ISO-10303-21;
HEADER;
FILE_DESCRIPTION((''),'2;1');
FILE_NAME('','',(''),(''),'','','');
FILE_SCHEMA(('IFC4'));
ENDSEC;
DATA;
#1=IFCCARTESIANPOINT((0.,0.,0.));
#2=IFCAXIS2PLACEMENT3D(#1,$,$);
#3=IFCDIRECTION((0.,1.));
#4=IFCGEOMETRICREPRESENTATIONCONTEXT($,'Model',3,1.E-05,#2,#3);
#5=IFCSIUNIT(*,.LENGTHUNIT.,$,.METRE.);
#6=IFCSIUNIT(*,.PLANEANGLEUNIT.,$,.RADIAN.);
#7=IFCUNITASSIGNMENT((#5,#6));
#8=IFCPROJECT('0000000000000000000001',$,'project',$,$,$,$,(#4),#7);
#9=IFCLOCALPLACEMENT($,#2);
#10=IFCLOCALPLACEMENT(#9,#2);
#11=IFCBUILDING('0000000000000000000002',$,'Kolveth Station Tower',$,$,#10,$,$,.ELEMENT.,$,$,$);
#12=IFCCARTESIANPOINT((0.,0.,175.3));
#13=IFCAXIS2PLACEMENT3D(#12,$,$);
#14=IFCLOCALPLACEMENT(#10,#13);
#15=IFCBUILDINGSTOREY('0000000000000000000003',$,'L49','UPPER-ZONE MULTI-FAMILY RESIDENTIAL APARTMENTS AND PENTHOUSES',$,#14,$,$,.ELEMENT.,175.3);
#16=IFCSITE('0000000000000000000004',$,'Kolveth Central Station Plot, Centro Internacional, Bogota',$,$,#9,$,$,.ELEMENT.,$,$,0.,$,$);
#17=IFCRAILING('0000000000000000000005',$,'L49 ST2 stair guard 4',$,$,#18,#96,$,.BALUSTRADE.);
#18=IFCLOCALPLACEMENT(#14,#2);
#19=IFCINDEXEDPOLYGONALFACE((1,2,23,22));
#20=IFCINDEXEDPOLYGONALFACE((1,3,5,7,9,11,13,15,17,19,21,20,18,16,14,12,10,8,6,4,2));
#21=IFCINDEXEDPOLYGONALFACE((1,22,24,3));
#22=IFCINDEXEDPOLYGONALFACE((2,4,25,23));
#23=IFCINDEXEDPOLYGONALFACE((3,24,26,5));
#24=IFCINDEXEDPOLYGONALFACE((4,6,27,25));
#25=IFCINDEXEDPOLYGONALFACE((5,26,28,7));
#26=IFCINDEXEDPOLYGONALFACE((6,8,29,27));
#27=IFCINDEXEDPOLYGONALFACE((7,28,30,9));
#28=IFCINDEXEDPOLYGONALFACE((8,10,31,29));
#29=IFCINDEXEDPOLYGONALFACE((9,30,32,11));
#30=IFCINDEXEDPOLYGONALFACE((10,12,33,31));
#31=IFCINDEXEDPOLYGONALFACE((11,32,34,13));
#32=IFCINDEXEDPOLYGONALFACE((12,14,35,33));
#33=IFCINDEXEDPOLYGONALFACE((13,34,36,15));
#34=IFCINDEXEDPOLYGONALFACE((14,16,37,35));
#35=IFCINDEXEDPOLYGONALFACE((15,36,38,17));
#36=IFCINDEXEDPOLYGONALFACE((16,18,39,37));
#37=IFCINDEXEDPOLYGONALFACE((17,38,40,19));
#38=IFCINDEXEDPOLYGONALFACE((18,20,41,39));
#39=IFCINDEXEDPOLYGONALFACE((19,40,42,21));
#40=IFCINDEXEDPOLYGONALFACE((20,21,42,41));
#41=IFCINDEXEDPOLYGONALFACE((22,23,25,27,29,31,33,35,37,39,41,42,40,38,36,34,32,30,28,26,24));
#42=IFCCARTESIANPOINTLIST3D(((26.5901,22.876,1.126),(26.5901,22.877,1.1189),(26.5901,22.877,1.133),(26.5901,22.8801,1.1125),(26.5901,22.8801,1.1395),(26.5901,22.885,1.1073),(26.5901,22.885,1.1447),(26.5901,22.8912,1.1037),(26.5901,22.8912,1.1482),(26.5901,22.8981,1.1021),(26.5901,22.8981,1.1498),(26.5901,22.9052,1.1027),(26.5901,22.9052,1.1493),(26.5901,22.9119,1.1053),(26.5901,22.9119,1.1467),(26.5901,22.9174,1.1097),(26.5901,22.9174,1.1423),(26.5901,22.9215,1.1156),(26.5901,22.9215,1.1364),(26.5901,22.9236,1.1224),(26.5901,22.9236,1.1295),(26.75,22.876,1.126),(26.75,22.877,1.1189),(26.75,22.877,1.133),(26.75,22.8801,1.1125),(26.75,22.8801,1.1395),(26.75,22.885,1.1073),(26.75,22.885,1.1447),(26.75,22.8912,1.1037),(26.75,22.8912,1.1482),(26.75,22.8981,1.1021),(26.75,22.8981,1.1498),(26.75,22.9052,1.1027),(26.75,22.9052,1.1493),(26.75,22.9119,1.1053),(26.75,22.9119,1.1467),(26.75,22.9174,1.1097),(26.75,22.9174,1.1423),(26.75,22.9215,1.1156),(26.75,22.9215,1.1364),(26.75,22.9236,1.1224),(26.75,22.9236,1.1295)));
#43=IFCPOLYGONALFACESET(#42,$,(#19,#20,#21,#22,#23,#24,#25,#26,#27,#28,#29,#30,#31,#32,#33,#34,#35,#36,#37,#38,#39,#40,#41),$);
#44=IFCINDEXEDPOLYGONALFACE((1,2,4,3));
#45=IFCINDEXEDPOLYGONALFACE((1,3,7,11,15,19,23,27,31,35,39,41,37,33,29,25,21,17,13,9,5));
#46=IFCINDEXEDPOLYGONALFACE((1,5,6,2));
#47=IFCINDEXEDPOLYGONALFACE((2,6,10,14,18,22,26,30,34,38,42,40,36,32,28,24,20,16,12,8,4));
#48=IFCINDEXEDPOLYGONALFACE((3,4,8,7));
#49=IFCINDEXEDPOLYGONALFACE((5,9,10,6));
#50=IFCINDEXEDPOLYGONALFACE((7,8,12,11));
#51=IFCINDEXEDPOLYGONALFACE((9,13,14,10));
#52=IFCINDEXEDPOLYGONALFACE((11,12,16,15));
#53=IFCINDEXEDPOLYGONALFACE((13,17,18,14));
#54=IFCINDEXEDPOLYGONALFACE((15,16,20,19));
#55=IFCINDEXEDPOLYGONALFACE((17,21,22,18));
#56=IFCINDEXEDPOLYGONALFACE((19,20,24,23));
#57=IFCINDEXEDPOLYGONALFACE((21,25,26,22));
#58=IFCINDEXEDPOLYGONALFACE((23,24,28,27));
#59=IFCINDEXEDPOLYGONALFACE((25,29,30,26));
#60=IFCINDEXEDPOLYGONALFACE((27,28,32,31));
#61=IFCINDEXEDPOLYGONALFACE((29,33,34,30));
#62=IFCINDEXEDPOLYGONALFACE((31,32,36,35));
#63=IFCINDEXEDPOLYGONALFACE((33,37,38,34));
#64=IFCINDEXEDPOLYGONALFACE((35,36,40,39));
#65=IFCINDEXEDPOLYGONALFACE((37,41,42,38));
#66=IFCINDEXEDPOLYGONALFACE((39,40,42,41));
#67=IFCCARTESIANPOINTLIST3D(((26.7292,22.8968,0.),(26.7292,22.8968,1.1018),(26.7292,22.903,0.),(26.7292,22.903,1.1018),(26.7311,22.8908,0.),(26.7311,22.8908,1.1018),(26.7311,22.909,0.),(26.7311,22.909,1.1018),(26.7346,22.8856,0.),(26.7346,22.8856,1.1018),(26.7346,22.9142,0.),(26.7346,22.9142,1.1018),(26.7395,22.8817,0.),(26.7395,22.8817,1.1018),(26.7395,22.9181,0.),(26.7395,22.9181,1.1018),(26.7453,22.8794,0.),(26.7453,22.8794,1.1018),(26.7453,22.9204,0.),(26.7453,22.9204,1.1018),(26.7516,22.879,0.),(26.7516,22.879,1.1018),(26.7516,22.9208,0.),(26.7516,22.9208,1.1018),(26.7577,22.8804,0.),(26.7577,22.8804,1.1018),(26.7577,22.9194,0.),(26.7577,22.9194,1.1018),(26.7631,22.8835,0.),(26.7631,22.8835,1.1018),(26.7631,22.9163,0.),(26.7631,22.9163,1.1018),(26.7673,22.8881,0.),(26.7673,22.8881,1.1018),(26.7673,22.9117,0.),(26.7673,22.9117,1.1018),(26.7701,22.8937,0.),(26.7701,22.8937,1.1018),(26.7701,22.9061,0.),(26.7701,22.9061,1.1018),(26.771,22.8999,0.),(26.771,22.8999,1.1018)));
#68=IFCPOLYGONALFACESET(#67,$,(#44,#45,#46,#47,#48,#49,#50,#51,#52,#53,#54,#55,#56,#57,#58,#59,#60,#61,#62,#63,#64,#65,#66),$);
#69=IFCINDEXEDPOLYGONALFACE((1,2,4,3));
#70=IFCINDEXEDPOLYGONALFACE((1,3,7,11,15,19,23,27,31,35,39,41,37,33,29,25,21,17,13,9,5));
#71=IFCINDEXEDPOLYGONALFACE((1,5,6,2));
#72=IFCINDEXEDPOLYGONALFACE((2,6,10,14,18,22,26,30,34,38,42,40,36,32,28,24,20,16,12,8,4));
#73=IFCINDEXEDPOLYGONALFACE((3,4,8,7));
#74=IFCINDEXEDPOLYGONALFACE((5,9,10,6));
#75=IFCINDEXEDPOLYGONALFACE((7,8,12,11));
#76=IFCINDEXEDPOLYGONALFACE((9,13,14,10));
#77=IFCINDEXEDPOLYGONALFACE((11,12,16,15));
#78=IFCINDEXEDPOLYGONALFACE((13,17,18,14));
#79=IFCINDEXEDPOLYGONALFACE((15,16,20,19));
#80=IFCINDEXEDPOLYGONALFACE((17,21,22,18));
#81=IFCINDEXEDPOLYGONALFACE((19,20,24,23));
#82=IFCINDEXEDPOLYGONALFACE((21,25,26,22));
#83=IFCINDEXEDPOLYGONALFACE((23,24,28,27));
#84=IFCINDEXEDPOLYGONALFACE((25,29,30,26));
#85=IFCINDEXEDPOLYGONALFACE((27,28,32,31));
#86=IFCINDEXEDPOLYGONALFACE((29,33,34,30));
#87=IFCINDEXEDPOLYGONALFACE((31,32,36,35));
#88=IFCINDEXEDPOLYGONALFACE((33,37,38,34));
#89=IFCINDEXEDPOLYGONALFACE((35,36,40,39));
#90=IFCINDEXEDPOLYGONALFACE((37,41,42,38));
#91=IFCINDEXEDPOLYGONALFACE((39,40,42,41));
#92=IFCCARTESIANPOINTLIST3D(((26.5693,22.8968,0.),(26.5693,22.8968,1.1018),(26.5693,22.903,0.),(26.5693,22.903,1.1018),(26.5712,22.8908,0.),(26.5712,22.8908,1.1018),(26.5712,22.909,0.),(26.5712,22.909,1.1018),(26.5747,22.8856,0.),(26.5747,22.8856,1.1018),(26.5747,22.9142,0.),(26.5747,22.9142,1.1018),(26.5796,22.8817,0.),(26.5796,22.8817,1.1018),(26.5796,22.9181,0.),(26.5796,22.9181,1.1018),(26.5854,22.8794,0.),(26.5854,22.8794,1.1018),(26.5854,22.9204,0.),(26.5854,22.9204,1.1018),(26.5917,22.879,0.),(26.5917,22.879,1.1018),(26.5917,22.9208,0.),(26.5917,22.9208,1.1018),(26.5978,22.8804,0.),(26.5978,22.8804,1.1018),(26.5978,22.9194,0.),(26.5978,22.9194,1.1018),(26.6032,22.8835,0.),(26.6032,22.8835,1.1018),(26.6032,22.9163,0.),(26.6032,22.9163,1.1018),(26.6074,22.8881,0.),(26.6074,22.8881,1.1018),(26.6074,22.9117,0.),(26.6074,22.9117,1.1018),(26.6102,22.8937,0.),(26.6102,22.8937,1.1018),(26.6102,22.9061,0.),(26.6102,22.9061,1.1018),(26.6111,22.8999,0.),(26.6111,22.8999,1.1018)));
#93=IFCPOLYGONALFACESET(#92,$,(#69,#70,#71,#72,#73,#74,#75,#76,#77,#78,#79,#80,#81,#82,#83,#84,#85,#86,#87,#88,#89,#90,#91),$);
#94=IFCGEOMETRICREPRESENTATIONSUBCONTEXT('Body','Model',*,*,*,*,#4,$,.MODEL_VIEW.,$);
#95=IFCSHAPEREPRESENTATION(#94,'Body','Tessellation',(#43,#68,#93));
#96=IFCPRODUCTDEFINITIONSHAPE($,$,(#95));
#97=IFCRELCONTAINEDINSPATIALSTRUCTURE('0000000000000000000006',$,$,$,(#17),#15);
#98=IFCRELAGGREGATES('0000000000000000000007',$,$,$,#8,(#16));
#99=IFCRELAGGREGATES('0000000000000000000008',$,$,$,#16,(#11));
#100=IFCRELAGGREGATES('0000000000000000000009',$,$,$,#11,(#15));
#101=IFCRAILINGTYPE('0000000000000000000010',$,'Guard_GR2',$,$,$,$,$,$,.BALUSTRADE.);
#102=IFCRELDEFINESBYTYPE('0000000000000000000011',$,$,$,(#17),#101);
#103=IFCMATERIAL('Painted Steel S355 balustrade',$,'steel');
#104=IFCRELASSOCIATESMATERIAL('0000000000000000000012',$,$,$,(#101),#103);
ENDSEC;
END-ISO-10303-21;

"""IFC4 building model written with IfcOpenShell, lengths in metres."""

from ifc_helpers import new_model, si_unit, direction, frame, origin, origin_2d, place, context, subcontext, project, spatial, circle, extrude, material, type_object, element, save


model = new_model("IFC4")

# Units and contexts
model_context = context("Model", 3, precision=1e-05, world=origin(), true_north=direction((0.0, 1.0)))
body_context = subcontext(model_context, "Body", "Model", "MODEL_VIEW")
ifc_project = project(units=[si_unit("LENGTHUNIT", "METRE"), si_unit("PLANEANGLEUNIT", "RADIAN")], contexts=[model_context])

# Site, building, storey
site_placement = place(None, origin())
site = spatial("IfcSite", under=ifc_project, at=site_placement, Name="Kolveth Central Station Plot, Centro Internacional, Bogota", CompositionType="ELEMENT", RefElevation=0.0)
building_placement = place(site_placement, origin())
building = spatial("IfcBuilding", under=site, at=building_placement, Name="Kolveth Station Tower", CompositionType="ELEMENT")
storey_placement = place(building_placement, frame((0.0, 0.0, 175.3)))
storey = spatial("IfcBuildingStorey", under=building, at=storey_placement, Name="L49", Description="UPPER-ZONE MULTI-FAMILY RESIDENTIAL APARTMENTS AND PENTHOUSES", CompositionType="ELEMENT", Elevation=175.3)

# Railing
ifc_material_1 = material(Name="Painted Steel S355 balustrade", Category="steel")
railing_type_1 = type_object("IfcRailingType", Name="Guard_GR2", PredefinedType="BALUSTRADE", material=ifc_material_1)
railing_placement = place(storey_placement, frame((26.75, 22.8999, 0.0)))
element("IfcRailing", 1, at=railing_placement, inside=storey, type_object=railing_type_1, Name="L49 ST2 stair guard 4", PredefinedType="BALUSTRADE", context=body_context, shape_type="SweptSolid", body=[
    extrude(circle(Radius=0.0239, at=origin_2d()), frame((0.0, 0.0, 1.126), z_axis=(-1.0, 0.0, 0.0), x_axis=(0.0, -1.0, 0.0)), (0.0, 0.0, 1.0), 0.1599),
    extrude(circle(Radius=0.021, at=origin_2d()), origin(), (0.0, 0.0, 1.0), 1.1018),
    extrude(circle(Radius=0.021, at=origin_2d()), frame((-0.1599, 0.0, 0.0)), (0.0, 0.0, 1.0), 1.1018),
])

save(model, "model.ifc")
